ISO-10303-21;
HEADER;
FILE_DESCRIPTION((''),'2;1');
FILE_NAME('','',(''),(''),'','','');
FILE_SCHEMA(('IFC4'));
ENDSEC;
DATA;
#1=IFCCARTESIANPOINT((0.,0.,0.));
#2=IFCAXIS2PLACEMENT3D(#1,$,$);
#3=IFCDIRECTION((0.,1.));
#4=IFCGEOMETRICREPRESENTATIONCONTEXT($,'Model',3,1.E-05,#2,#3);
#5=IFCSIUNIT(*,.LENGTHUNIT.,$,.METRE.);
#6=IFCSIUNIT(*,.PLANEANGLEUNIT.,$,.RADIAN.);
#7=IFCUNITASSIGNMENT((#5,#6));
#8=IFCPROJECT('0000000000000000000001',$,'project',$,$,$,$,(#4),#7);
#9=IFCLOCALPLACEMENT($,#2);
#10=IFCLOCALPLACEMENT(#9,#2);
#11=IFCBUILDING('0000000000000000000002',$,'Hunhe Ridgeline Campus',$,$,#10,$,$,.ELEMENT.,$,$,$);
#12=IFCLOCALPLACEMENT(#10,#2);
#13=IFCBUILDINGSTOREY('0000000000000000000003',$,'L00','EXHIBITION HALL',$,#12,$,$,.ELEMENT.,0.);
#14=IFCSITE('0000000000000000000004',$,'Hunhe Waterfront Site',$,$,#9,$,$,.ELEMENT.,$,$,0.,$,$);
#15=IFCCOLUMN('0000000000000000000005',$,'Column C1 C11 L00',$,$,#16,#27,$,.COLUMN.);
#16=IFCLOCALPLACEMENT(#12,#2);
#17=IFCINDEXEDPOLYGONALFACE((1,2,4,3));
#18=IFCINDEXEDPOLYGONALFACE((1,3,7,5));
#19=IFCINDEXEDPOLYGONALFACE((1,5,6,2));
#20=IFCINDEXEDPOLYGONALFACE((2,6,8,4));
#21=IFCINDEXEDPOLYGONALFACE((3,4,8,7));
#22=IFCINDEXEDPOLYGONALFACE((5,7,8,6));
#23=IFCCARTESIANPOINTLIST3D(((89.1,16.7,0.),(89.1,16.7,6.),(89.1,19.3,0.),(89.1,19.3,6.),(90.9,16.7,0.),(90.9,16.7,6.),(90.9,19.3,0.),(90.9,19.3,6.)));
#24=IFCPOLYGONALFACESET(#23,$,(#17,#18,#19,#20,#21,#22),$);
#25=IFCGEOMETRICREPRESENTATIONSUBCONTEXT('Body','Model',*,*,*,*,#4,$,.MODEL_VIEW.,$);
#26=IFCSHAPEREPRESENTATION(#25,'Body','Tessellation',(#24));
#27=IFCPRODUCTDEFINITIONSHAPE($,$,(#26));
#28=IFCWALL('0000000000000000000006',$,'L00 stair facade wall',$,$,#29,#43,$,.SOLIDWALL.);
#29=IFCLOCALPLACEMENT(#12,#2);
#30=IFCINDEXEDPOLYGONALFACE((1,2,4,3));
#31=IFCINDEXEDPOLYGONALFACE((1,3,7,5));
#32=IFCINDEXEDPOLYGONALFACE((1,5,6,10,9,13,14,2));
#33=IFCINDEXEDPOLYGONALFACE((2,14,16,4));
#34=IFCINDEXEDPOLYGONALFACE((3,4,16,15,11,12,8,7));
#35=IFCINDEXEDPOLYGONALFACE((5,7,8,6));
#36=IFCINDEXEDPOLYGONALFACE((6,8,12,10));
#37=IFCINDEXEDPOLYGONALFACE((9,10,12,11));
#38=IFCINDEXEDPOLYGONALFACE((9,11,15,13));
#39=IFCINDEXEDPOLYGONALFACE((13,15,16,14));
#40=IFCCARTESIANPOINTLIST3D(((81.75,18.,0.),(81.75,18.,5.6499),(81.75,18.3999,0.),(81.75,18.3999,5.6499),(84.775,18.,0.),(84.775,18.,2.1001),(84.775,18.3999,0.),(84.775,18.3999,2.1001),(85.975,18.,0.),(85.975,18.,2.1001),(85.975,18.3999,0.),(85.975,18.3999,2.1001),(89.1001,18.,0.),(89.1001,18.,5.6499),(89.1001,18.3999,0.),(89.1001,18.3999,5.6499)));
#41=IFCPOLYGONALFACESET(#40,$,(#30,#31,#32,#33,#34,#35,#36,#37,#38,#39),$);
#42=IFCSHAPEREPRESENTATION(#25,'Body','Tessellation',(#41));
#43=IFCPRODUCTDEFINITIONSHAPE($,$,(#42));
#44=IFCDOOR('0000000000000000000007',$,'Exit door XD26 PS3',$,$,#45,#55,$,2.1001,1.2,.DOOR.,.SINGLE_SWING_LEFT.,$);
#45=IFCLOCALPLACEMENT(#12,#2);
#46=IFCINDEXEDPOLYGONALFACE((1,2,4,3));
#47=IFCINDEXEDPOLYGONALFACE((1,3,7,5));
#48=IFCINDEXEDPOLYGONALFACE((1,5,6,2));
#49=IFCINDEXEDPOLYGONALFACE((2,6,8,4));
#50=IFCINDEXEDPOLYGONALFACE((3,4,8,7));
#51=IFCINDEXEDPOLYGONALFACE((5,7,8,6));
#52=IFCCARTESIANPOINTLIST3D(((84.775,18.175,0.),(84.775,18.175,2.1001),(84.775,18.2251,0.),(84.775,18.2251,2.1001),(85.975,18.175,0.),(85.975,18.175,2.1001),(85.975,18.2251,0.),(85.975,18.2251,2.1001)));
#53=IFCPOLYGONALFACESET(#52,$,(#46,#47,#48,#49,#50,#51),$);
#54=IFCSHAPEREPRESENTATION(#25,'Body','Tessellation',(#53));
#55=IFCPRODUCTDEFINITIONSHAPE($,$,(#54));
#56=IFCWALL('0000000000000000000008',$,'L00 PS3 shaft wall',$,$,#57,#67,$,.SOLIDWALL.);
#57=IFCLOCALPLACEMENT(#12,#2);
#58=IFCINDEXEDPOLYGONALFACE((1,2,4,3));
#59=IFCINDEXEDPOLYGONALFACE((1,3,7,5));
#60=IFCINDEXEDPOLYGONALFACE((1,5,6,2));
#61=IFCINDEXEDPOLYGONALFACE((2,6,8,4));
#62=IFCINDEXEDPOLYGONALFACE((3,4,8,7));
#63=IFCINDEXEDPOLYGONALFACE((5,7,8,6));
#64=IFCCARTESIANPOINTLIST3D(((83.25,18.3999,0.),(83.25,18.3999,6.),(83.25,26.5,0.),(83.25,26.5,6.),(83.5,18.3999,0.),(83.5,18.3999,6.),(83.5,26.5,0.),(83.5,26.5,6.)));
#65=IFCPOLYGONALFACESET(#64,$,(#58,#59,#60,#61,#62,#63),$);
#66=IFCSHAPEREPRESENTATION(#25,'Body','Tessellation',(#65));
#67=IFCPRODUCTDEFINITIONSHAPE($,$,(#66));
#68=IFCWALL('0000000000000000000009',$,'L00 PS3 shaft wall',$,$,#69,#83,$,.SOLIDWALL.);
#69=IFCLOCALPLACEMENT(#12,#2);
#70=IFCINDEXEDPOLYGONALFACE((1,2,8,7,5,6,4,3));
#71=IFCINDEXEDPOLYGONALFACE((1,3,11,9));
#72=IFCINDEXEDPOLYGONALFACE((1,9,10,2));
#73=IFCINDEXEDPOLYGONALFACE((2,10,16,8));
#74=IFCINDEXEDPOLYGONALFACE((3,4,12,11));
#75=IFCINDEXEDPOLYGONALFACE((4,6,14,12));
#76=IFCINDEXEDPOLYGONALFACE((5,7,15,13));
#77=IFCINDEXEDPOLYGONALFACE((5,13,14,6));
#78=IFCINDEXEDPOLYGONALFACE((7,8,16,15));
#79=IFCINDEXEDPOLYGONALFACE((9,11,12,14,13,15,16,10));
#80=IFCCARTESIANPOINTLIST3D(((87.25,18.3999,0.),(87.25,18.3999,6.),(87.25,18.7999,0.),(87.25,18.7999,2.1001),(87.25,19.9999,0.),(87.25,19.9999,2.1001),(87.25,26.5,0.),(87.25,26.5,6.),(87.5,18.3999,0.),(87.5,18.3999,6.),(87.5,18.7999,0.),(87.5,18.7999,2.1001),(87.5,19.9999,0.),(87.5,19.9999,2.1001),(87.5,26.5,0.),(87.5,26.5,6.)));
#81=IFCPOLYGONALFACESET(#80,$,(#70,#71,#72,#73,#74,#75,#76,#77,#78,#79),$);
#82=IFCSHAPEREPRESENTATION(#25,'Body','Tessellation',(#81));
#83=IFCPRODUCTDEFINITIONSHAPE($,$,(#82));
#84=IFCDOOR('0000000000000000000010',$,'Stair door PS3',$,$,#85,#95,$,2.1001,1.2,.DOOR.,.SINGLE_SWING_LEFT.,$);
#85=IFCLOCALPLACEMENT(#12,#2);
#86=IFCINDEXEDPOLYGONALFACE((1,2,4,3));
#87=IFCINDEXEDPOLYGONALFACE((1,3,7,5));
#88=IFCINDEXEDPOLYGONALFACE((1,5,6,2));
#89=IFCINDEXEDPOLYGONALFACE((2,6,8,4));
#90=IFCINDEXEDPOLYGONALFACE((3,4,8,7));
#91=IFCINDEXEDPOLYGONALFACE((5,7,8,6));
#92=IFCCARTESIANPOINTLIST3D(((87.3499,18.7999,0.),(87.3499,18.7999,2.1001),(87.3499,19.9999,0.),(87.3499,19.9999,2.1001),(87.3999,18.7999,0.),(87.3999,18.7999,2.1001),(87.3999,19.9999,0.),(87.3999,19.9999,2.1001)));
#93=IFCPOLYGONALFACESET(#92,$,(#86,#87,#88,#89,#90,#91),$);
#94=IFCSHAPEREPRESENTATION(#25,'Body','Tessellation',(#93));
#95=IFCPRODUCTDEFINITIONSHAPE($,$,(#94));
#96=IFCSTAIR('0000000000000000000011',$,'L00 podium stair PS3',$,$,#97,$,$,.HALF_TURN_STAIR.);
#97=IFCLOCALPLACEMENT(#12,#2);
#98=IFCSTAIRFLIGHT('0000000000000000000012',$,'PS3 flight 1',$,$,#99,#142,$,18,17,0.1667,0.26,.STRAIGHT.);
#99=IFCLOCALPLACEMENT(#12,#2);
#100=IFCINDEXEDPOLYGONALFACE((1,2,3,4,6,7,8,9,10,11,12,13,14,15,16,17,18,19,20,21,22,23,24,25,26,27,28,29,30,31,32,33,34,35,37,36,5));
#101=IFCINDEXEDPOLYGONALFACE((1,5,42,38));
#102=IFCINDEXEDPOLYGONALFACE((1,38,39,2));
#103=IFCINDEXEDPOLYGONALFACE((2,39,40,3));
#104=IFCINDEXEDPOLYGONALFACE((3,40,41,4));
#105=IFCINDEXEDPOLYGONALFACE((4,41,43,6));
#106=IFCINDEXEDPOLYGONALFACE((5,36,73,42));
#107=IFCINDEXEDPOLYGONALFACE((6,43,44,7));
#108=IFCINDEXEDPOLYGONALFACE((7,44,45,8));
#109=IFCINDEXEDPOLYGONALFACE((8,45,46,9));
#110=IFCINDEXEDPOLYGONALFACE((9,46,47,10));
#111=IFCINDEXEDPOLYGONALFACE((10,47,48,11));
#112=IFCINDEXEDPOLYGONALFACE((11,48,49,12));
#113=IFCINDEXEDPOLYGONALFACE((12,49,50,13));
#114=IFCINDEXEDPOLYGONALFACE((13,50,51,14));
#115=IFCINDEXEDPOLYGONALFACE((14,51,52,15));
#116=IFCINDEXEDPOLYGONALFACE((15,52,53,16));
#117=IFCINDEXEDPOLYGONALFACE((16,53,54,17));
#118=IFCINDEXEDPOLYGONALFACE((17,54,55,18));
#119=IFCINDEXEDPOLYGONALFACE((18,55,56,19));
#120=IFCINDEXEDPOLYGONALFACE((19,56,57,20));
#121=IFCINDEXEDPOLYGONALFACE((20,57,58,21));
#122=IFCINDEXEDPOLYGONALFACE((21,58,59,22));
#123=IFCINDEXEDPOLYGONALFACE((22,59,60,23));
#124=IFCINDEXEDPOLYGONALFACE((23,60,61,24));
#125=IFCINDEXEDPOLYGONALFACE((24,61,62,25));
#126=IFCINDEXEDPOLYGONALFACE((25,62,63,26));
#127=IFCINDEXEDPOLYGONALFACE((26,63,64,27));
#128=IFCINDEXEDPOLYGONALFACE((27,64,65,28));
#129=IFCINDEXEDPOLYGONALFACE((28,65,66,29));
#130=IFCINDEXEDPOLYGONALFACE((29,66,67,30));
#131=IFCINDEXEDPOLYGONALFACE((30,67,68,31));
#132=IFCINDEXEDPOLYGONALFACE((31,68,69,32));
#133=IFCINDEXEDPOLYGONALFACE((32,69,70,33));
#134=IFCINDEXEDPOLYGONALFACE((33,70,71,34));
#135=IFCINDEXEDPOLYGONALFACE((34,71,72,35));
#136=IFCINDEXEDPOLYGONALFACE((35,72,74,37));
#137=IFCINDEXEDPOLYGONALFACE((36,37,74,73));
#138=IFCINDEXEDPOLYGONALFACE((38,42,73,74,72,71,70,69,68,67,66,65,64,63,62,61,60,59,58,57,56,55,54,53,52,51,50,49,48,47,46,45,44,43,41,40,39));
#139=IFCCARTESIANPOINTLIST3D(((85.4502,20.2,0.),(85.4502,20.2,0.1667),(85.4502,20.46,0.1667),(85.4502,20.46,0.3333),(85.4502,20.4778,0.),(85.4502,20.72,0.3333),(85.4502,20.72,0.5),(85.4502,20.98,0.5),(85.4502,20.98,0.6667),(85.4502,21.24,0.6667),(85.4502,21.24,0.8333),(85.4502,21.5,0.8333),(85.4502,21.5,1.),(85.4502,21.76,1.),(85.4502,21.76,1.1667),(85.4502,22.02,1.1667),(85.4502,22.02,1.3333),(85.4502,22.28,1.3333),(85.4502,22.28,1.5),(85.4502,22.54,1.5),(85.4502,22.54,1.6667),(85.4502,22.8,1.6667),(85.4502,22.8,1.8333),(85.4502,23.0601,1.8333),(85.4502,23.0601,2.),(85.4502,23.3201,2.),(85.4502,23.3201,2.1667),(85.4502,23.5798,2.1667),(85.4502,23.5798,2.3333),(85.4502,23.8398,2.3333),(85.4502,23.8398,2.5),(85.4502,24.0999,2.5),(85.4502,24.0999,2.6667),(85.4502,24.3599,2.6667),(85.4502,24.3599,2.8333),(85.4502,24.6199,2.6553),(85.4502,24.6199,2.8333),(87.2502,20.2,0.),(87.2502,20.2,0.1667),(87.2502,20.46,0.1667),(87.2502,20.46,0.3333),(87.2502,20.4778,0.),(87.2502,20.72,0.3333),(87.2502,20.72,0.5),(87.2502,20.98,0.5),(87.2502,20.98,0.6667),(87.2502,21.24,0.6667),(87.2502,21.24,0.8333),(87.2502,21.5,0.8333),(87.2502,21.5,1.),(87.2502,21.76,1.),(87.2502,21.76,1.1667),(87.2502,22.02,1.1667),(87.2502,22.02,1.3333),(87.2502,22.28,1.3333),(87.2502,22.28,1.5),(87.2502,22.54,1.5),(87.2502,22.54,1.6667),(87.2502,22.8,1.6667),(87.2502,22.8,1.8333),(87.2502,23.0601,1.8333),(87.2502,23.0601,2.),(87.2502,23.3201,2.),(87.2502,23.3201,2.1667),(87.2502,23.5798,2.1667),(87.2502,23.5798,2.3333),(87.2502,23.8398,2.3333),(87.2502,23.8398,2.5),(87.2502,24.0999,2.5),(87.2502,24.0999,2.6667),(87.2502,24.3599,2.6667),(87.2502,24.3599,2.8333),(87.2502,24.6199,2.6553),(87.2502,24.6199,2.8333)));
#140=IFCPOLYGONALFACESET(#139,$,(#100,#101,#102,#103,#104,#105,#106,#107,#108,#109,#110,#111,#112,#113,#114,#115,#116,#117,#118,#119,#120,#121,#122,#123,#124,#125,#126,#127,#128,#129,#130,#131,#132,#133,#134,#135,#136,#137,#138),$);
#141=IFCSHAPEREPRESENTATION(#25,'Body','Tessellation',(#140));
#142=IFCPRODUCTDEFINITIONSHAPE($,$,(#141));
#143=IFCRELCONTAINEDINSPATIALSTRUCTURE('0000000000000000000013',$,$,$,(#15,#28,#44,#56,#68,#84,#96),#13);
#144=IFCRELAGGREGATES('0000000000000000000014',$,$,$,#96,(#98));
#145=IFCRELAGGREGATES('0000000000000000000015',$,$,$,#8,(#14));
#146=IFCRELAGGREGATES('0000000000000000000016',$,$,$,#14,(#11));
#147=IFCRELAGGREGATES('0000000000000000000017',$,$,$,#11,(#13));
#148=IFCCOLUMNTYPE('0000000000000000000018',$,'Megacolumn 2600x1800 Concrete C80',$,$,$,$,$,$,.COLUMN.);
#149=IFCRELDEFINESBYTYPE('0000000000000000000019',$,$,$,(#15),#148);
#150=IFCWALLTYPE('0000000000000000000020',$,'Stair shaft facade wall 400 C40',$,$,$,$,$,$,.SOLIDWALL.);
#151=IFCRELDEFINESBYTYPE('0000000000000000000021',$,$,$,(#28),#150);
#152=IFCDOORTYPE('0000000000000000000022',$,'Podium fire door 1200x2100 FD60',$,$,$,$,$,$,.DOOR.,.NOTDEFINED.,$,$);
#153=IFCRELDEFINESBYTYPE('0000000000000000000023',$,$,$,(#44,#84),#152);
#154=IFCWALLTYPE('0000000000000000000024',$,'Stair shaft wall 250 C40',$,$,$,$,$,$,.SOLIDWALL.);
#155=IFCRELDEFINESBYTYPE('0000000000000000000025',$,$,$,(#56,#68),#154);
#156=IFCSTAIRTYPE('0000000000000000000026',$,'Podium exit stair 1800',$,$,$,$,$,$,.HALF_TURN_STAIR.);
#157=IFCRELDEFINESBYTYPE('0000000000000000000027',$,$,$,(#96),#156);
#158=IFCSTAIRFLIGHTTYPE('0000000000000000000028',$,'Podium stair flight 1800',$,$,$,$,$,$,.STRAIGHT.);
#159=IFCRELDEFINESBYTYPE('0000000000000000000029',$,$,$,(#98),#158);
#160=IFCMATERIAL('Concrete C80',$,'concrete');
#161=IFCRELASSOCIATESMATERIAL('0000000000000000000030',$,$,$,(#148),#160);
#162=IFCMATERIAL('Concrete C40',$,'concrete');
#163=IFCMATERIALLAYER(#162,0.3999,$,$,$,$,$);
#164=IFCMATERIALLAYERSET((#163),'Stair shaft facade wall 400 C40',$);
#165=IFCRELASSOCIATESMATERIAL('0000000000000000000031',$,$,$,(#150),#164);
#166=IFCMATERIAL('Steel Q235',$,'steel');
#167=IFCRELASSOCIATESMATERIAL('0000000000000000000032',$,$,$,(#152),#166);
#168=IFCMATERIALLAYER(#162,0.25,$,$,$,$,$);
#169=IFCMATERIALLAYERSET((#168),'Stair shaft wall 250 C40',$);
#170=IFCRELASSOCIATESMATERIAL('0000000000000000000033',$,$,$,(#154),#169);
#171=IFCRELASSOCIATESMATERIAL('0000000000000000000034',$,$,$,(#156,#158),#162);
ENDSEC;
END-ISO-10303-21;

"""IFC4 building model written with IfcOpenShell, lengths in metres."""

from ifc_helpers import new_model, si_unit, direction, frame, frame_2d, origin, origin_2d, place, context, subcontext, project, spatial, polyline, rectangle, outline, extrude, material, layer, layer_set, material_profile, profile_set, type_object, element, fill, aggregate, save


model = new_model("IFC4")

# Units and contexts
model_context = context("Model", 3, precision=1e-05, world=origin(), true_north=direction((0.0, 1.0)))
body_context = subcontext(model_context, "Body", "Model", "MODEL_VIEW")
ifc_project = project(units=[si_unit("LENGTHUNIT", "METRE"), si_unit("PLANEANGLEUNIT", "RADIAN")], contexts=[model_context])

# Site, building, storey
site_placement = place(None, origin())
site = spatial("IfcSite", under=ifc_project, at=site_placement, Name="Hunhe Waterfront Site", CompositionType="ELEMENT", RefElevation=0.0)
building_placement = place(site_placement, origin())
building = spatial("IfcBuilding", under=site, at=building_placement, Name="Hunhe Ridgeline Campus", CompositionType="ELEMENT")
storey_placement = place(building_placement, origin())
storey = spatial("IfcBuildingStorey", under=building, at=storey_placement, Name="L00", Description="EXHIBITION HALL", CompositionType="ELEMENT", Elevation=0.0)

# Column
ifc_material_1 = material(Name="Concrete C80", Category="concrete")
ifc_material_profile = material_profile(ifc_material_1, rectangle(XDim=2.6001, YDim=1.8, at=origin_2d()))
ifc_profile_set = profile_set([ifc_material_profile], Name="Concrete C80")
column_type = type_object("IfcColumnType", Name="Megacolumn 2600x1800 Concrete C80", PredefinedType="COLUMN", material=ifc_profile_set)
column_placement = place(storey_placement, frame((90.0, 18.0, 0.0), z_axis=(0.0, 0.0, 1.0), x_axis=(0.0, 1.0, 0.0)))
element("IfcColumn", 1, at=column_placement, inside=storey, type_object=column_type, Name="Column C1 C11 L00", PredefinedType="COLUMN", context=body_context, shape_type="SweptSolid", body=[
    extrude(rectangle(XDim=2.6001, YDim=1.8, at=origin_2d()), origin(), (0.0, 0.0, 1.0), 6.0),
])

# Shared definitions
ifc_material_2 = material(Name="Concrete C40", Category="concrete")

# Wall, opening, door
ifc_layer_1 = layer(ifc_material_2, 0.3999)
ifc_layer_set_1 = layer_set([ifc_layer_1], Name="Stair shaft facade wall 400 C40")
wall_type_1 = type_object("IfcWallType", Name="Stair shaft facade wall 400 C40", PredefinedType="SOLIDWALL", material=ifc_layer_set_1)
wall_1_placement = place(storey_placement, frame((89.1001, 18.2, 0.0), z_axis=(0.0, 0.0, 1.0), x_axis=(-1.0, 0.0, 0.0)))
wall_1 = element("IfcWall", 2, at=wall_1_placement, inside=storey, type_object=wall_type_1, Name="L00 stair facade wall", PredefinedType="SOLIDWALL", context=body_context, shape_type="SweptSolid", body=[
    extrude(rectangle(XDim=7.3501, YDim=0.3999, at=frame_2d((3.675, 0.0))), origin(), (0.0, 0.0, 1.0), 5.6499),
])
opening_1_placement = place(wall_1_placement, frame((3.125, 0.0, 0.0)))
opening_1 = element("IfcOpeningElement", 3, at=opening_1_placement, cuts=wall_1, PredefinedType="OPENING", context=body_context, shape_type="SweptSolid", body=[
    extrude(rectangle(XDim=1.2, YDim=2.1001, at=frame_2d((0.6001, 1.05))), frame((0.0, 0.2, 0.0), z_axis=(0.0, -1.0, 0.0), x_axis=(1.0, 0.0, 0.0)), (0.0, 0.0, 1.0), 0.3999),
])
ifc_material_3 = material(Name="Steel Q235", Category="steel")
door_type_1 = type_object("IfcDoorType", Name="Podium fire door 1200x2100 FD60", OperationType="NOTDEFINED", PredefinedType="DOOR", material=ifc_material_3)
door_1_placement = place(opening_1_placement, origin())
door_1 = element("IfcDoor", 4, at=door_1_placement, inside=storey, type_object=door_type_1, Name="Exit door XD26 PS3", OperationType="SINGLE_SWING_LEFT", OverallHeight=2.1001, OverallWidth=1.2, PredefinedType="DOOR", context=body_context, shape_type="SweptSolid", body=[
    extrude(rectangle(XDim=1.2, YDim=2.1001, at=frame_2d((0.6001, 1.05))), frame((0.0, 0.0249, 0.0), z_axis=(0.0, -1.0, 0.0), x_axis=(1.0, 0.0, 0.0)), (0.0, 0.0, 1.0), 0.05),
])
fill(opening_1, door_1)

# Wall
ifc_layer_2 = layer(ifc_material_2, 0.25)
ifc_layer_set_2 = layer_set([ifc_layer_2], Name="Stair shaft wall 250 C40")
wall_type_2 = type_object("IfcWallType", Name="Stair shaft wall 250 C40", PredefinedType="SOLIDWALL", material=ifc_layer_set_2)
wall_2_placement = place(storey_placement, frame((83.375, 18.3999, 0.0), z_axis=(0.0, 0.0, 1.0), x_axis=(0.0, 1.0, 0.0)))
element("IfcWall", 5, at=wall_2_placement, inside=storey, type_object=wall_type_2, Name="L00 PS3 shaft wall", PredefinedType="SOLIDWALL", context=body_context, shape_type="SweptSolid", body=[
    extrude(rectangle(XDim=8.1001, YDim=0.25, at=frame_2d((4.05, 0.0))), origin(), (0.0, 0.0, 1.0), 6.0),
])

# Wall, opening, door
wall_3_placement = place(storey_placement, frame((87.375, 26.5, 0.0), z_axis=(0.0, 0.0, 1.0), x_axis=(0.0, -1.0, 0.0)))
wall_3 = element("IfcWall", 6, at=wall_3_placement, inside=storey, type_object=wall_type_2, Name="L00 PS3 shaft wall", PredefinedType="SOLIDWALL", context=body_context, shape_type="SweptSolid", body=[
    extrude(rectangle(XDim=8.1001, YDim=0.25, at=frame_2d((4.05, 0.0))), origin(), (0.0, 0.0, 1.0), 6.0),
])
opening_2_placement = place(wall_3_placement, frame((6.5, 0.0, 0.0)))
opening_2 = element("IfcOpeningElement", 7, at=opening_2_placement, cuts=wall_3, PredefinedType="OPENING", context=body_context, shape_type="SweptSolid", body=[
    extrude(rectangle(XDim=1.2, YDim=2.1001, at=frame_2d((0.6001, 1.05))), frame((0.0, 0.125, 0.0), z_axis=(0.0, -1.0, 0.0), x_axis=(1.0, 0.0, 0.0)), (0.0, 0.0, 1.0), 0.25),
])
door_2_placement = place(opening_2_placement, origin())
door_2 = element("IfcDoor", 8, at=door_2_placement, inside=storey, type_object=door_type_1, Name="Stair door PS3", OperationType="SINGLE_SWING_LEFT", OverallHeight=2.1001, OverallWidth=1.2, PredefinedType="DOOR", context=body_context, shape_type="SweptSolid", body=[
    extrude(rectangle(XDim=1.2, YDim=2.1001, at=frame_2d((0.6001, 1.05))), frame((0.0, 0.0249, 0.0), z_axis=(0.0, -1.0, 0.0), x_axis=(1.0, 0.0, 0.0)), (0.0, 0.0, 1.0), 0.05),
])
fill(opening_2, door_2)

# Stair, stair flight
stair_type = type_object("IfcStairType", Name="Podium exit stair 1800", PredefinedType="HALF_TURN_STAIR", material=ifc_material_2)
stair_placement = place(storey_placement, origin())
stair = element("IfcStair", 9, at=stair_placement, inside=storey, type_object=stair_type, Name="L00 podium stair PS3", PredefinedType="HALF_TURN_STAIR")
stair_flight_type = type_object("IfcStairFlightType", Name="Podium stair flight 1800", PredefinedType="STRAIGHT", material=ifc_material_2)
stair_flight_1_placement = place(storey_placement, frame((86.3501, 20.2, 0.0), z_axis=(0.0, 0.0, 1.0), x_axis=(0.0, 1.0, 0.0)))
stair_flight_1 = element("IfcStairFlight", 10, at=stair_flight_1_placement, type_object=stair_flight_type, Name="PS3 flight 1", NumberOfRisers=18, NumberOfTreads=17, PredefinedType="STRAIGHT", RiserHeight=0.1667, TreadLength=0.26, context=body_context, shape_type="SweptSolid", body=[
    extrude(outline(polyline([(0.0, 0.0), (0.0, 0.1667), (0.26, 0.1667), (0.26, 0.3333), (0.52, 0.3333), (0.52, 0.5), (0.78, 0.5), (0.78, 0.6667), (1.04, 0.6667), (1.04, 0.8333), (1.3, 0.8333), (1.3, 1.0), (1.5601, 1.0), (1.5601, 1.1667), (1.8201, 1.1667), (1.8201, 1.3333), (2.0801, 1.3333), (2.0801, 1.5), (2.3401, 1.5), (2.3401, 1.6667), (2.6001, 1.6667), (2.6001, 1.8333), (2.8601, 1.8333), (2.8601, 2.0), (3.1201, 2.0), (3.1201, 2.1667), (3.3799, 2.1667), (3.3799, 2.3333), (3.6399, 2.3333), (3.6399, 2.5), (3.8999, 2.5), (3.8999, 2.6667), (4.1599, 2.6667), (4.1599, 2.8333), (4.4199, 2.8333), (4.4199, 3.0), (4.4199, 2.6553), (0.2778, 0.0), (0.0, 0.0)])), frame((0.0, 0.8999, 0.0), z_axis=(0.0, -1.0, 0.0), x_axis=(1.0, 0.0, 0.0)), (0.0, 0.0, 1.0), 1.8),
])
aggregate(stair, [stair_flight_1])

save(model, "model.ifc")
